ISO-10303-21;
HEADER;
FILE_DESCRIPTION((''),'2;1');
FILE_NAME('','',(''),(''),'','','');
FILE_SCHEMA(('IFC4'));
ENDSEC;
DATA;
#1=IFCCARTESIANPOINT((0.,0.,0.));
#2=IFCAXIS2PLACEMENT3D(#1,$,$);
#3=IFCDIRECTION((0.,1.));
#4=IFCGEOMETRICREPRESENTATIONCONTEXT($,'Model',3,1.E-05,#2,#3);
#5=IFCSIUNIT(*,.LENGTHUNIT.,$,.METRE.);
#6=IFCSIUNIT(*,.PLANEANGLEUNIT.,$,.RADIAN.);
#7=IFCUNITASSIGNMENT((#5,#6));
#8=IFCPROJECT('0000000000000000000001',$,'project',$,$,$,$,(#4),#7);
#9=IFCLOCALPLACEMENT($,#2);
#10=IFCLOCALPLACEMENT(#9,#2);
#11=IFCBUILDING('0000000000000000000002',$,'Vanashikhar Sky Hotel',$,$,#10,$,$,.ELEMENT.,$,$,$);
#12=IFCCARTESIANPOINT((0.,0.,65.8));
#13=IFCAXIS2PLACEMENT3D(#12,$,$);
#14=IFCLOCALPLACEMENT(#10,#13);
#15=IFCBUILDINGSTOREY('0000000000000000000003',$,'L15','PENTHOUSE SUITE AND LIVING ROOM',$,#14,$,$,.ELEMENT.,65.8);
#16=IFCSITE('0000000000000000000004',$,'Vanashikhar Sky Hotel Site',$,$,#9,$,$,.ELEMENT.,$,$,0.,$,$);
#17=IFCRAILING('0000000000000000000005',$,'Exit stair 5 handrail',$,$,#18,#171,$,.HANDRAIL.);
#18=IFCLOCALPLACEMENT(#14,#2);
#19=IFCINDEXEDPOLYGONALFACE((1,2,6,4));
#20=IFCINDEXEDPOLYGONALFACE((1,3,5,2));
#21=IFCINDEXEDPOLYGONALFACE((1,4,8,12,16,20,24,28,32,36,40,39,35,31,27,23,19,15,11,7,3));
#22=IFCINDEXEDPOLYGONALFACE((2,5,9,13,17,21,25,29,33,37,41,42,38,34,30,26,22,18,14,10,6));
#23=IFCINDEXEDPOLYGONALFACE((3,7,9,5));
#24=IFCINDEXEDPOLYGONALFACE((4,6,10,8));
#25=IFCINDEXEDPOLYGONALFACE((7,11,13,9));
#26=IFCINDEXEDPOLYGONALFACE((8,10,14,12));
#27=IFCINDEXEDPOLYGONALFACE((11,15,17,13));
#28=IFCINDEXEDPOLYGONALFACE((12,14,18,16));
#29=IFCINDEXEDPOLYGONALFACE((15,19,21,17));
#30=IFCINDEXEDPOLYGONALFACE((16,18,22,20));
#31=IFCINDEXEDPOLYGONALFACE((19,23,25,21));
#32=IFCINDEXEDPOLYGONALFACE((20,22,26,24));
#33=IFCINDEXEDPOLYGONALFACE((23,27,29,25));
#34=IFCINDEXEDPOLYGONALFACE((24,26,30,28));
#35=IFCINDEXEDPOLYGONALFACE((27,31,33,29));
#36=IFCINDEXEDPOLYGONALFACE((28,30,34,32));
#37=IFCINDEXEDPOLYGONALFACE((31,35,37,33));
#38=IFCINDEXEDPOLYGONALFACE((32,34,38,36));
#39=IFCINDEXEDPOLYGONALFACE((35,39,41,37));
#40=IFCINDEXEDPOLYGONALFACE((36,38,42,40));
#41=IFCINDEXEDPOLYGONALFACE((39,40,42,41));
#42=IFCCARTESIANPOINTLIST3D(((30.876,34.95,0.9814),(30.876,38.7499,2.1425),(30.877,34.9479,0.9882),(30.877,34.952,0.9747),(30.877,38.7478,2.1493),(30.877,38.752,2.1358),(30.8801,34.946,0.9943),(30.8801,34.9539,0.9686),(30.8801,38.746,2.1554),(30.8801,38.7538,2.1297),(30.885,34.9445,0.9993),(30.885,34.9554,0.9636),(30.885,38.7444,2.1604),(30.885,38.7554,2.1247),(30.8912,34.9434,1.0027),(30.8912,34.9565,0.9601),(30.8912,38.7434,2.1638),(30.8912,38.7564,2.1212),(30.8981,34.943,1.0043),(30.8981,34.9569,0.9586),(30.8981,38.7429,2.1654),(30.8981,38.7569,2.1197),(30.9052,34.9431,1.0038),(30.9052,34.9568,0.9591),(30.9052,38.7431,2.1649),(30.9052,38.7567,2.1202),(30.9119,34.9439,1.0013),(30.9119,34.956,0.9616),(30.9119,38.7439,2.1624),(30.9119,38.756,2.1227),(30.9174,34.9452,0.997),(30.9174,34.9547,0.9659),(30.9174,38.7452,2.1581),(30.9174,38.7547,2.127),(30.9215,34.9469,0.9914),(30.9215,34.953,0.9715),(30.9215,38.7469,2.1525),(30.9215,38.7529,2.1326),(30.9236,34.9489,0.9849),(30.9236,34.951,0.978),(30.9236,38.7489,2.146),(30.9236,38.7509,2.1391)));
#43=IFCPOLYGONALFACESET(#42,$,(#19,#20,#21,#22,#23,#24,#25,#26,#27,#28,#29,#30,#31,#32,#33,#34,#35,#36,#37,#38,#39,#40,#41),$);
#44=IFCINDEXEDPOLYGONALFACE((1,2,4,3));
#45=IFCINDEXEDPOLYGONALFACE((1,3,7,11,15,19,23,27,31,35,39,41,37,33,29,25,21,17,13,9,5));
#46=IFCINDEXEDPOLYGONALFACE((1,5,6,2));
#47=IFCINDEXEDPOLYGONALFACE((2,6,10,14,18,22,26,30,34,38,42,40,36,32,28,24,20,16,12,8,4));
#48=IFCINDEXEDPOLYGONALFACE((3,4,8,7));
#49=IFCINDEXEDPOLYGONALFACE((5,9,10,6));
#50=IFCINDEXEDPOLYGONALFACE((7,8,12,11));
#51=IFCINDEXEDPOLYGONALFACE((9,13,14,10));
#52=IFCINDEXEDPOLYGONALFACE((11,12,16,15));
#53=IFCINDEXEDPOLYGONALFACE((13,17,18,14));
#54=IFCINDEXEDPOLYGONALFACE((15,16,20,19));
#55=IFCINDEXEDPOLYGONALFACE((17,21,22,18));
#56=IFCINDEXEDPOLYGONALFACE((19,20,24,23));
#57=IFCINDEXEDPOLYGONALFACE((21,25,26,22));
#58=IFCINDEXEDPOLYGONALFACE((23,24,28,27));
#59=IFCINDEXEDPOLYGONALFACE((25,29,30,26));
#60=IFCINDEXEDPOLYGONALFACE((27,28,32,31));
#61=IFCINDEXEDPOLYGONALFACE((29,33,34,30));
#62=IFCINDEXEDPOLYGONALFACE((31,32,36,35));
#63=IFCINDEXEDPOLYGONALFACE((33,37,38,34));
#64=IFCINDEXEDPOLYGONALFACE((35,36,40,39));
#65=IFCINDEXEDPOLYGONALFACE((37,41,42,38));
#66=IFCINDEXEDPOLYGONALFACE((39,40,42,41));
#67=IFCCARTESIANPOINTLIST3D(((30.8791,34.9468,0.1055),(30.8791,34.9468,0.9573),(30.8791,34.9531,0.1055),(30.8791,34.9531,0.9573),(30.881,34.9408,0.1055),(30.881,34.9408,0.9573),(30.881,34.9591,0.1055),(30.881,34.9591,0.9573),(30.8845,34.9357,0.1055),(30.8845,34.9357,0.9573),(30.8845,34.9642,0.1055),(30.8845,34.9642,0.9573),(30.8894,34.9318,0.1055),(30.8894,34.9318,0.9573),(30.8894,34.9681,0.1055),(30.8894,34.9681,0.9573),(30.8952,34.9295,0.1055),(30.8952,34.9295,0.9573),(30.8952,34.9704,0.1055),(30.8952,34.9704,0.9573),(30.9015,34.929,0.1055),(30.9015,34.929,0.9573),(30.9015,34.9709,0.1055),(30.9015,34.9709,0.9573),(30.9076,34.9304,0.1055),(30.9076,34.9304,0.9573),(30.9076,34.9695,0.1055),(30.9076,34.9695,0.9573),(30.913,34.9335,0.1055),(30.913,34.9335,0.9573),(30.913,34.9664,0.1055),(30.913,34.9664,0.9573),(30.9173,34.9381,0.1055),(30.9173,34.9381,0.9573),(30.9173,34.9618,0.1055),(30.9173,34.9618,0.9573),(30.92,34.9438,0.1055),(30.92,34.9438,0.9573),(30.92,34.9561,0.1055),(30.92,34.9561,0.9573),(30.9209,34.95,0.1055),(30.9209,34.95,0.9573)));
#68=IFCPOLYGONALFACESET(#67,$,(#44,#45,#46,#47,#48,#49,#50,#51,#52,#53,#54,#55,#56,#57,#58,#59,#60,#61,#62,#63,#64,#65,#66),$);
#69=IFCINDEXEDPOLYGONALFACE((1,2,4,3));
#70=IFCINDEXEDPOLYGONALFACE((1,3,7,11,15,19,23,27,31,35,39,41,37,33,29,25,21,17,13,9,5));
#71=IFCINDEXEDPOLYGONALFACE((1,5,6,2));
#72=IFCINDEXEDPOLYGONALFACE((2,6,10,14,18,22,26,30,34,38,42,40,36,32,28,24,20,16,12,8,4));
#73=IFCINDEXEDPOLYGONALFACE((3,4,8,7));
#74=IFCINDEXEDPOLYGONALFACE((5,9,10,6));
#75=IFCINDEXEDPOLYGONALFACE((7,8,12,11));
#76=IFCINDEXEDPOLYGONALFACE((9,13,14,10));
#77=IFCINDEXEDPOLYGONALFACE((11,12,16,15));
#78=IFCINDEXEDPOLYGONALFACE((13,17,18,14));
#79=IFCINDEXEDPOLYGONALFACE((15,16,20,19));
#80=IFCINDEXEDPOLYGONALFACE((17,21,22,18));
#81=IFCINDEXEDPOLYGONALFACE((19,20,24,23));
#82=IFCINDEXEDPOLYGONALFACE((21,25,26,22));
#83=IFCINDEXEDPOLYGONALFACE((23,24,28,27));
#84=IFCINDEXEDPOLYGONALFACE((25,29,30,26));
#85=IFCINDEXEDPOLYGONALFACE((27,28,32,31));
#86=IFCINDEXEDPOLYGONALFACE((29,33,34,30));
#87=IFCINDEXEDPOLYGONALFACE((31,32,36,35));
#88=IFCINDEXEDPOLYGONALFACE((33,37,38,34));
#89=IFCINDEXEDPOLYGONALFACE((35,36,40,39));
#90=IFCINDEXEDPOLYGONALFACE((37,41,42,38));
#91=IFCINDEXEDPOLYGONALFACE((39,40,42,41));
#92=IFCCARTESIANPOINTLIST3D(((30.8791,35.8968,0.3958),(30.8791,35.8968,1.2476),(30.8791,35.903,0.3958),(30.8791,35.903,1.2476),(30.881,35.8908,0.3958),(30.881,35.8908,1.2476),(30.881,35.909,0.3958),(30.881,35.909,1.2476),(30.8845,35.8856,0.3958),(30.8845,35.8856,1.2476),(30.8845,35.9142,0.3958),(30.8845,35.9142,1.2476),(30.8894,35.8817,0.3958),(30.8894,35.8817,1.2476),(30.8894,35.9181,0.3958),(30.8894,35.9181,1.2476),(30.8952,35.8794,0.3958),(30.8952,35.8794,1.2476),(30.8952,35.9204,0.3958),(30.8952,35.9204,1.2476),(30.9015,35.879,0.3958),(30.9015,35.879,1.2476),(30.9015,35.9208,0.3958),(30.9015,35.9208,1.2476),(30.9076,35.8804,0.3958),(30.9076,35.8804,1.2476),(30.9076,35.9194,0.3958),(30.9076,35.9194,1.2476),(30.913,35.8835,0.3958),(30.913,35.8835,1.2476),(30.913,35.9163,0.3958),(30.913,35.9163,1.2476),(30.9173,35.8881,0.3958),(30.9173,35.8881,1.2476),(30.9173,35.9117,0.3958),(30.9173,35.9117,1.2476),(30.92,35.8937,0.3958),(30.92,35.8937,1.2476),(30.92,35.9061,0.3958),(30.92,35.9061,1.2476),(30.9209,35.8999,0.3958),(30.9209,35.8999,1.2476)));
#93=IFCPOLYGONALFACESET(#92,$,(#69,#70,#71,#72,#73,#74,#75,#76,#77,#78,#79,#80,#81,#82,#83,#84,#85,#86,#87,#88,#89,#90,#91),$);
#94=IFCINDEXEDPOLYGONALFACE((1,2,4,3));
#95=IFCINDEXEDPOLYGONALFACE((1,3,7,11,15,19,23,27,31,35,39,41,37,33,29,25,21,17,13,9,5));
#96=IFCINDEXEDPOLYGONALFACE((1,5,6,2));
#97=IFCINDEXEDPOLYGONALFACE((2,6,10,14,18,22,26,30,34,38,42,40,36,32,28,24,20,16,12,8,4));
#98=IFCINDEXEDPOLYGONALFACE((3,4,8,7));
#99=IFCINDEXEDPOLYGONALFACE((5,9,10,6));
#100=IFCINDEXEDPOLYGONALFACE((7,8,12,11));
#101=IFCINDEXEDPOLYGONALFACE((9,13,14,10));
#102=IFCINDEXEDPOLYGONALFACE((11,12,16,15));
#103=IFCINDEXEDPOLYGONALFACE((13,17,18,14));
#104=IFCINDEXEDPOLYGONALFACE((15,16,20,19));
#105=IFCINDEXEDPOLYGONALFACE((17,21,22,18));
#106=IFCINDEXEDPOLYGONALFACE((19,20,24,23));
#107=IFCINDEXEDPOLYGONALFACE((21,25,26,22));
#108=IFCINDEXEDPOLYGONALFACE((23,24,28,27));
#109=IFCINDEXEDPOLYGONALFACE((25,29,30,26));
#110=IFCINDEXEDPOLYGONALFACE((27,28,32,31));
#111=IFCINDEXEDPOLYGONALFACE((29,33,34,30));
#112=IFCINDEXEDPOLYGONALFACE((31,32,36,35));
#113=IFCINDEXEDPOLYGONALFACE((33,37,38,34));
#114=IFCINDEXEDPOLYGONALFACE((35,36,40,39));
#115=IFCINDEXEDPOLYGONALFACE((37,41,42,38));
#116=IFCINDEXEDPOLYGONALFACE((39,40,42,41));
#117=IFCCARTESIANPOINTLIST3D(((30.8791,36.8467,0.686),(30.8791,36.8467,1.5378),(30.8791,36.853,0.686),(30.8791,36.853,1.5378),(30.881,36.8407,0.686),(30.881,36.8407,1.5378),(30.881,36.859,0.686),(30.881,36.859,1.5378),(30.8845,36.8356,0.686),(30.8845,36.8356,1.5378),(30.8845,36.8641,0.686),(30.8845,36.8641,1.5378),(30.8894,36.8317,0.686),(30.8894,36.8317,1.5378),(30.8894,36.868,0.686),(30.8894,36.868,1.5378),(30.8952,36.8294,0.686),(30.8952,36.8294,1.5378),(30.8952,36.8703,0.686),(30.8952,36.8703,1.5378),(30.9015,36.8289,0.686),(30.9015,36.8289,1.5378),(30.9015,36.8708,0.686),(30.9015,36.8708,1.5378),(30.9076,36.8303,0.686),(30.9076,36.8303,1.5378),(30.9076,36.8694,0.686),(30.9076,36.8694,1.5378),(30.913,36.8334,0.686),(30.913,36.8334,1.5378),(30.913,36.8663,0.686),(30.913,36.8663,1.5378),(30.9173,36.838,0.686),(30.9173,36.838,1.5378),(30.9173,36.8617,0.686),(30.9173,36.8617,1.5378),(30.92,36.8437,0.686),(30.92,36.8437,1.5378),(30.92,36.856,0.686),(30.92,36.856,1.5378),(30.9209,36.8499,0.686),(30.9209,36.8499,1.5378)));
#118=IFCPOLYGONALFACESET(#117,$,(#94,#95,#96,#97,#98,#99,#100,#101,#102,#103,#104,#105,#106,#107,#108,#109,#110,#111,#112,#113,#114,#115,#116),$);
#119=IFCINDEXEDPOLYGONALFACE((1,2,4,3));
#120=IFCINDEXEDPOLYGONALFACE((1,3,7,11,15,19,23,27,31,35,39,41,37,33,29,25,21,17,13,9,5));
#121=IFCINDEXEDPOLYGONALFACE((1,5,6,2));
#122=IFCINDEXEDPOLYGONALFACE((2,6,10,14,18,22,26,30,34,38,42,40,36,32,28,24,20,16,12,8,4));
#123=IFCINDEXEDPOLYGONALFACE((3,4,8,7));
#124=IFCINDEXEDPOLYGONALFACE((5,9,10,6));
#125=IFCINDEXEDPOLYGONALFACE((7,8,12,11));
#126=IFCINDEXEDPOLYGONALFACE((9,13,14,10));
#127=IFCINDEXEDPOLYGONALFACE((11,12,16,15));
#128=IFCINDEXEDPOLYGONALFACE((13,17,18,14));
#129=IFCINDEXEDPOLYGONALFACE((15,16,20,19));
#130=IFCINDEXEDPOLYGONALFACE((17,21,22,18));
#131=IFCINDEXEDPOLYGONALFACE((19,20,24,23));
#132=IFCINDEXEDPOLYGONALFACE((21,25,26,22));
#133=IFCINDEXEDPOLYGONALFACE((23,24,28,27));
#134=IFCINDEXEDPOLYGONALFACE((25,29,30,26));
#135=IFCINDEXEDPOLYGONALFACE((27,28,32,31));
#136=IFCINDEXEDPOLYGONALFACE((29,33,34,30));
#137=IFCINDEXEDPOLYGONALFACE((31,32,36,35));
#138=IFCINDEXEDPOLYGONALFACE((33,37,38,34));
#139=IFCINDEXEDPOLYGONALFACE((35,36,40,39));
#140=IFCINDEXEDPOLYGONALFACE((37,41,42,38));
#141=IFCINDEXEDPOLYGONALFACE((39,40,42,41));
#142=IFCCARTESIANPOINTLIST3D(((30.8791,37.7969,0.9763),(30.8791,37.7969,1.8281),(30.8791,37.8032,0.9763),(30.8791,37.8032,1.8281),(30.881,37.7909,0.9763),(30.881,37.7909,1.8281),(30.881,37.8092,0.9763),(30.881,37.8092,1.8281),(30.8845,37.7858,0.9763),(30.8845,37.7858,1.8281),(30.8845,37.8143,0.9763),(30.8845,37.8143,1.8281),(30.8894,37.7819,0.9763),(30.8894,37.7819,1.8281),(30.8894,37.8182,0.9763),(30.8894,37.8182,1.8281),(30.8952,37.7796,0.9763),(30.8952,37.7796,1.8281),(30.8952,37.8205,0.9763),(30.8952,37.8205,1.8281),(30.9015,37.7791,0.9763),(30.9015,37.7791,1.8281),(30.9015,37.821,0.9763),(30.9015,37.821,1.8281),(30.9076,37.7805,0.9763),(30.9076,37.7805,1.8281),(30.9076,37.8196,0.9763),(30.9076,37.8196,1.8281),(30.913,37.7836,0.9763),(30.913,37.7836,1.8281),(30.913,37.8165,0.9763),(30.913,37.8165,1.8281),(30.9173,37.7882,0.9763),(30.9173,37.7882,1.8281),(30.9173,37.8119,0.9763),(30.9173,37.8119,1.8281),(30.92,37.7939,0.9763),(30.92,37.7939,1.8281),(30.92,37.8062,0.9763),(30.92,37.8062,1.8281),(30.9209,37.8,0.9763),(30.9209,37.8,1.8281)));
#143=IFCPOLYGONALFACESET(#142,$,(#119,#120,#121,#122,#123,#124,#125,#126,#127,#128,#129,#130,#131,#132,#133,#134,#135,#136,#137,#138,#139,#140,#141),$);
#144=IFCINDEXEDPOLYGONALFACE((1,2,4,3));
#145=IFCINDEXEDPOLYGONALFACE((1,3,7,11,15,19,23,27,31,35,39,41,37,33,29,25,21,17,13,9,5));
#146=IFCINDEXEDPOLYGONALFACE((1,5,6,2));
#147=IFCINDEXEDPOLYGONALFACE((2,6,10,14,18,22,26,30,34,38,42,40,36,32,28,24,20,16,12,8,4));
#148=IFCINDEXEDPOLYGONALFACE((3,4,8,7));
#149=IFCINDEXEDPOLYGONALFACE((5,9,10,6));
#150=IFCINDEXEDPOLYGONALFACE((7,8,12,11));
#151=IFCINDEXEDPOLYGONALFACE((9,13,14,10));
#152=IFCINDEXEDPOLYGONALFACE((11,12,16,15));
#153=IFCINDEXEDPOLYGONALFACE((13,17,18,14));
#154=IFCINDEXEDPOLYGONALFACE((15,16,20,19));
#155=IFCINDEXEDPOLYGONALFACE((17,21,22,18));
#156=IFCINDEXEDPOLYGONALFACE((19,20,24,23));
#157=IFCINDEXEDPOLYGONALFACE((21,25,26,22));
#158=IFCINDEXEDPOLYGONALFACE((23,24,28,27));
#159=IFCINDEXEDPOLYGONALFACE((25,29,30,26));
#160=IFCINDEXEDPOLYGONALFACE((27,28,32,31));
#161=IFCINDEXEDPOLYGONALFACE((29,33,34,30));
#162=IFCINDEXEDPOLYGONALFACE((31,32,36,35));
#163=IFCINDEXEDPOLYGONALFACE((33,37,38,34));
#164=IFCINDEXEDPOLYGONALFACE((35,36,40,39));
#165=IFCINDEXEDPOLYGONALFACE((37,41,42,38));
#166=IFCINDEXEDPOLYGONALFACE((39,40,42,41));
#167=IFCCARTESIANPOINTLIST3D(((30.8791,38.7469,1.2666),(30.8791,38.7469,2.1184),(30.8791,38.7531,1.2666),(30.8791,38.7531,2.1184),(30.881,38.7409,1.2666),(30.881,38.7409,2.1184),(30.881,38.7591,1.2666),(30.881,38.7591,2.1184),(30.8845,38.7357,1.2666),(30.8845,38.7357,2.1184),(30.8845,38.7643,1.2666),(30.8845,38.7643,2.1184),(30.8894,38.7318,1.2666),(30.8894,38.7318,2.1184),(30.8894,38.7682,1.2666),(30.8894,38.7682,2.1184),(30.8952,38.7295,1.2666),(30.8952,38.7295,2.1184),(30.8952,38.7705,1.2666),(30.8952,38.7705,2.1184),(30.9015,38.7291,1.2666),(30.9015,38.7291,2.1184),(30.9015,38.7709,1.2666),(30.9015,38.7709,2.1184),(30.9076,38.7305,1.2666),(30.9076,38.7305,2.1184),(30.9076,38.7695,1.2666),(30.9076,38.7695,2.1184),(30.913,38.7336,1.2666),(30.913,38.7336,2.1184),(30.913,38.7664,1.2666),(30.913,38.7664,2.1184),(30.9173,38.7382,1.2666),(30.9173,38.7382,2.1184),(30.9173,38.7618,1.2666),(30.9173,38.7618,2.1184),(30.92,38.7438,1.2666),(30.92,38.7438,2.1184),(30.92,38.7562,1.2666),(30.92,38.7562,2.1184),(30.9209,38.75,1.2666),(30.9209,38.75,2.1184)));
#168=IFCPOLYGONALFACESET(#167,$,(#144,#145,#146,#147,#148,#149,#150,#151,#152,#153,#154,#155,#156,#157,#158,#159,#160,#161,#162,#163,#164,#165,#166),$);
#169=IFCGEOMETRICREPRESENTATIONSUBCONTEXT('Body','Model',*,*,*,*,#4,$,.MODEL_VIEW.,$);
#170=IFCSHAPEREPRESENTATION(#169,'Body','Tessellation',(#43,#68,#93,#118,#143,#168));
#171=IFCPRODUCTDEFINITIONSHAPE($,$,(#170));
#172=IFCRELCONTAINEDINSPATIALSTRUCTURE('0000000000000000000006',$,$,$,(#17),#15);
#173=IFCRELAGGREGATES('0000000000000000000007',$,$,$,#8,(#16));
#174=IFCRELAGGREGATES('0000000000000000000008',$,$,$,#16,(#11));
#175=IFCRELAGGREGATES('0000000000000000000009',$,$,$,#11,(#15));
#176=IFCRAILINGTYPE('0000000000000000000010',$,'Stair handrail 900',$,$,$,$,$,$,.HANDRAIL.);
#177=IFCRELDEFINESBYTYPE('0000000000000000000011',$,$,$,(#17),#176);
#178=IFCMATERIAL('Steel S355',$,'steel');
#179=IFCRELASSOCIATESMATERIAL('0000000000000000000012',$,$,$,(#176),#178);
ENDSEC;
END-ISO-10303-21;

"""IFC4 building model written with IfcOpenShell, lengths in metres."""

from ifc_helpers import new_model, si_unit, direction, frame, origin, origin_2d, place, context, subcontext, project, spatial, circle, extrude, source, transform, mapped, material, type_object, element, save


model = new_model("IFC4")

# Units and contexts
model_context = context("Model", 3, precision=1e-05, world=origin(), true_north=direction((0.0, 1.0)))
body_context = subcontext(model_context, "Body", "Model", "MODEL_VIEW")
ifc_project = project(units=[si_unit("LENGTHUNIT", "METRE"), si_unit("PLANEANGLEUNIT", "RADIAN")], contexts=[model_context])

# Site, building, storey
site_placement = place(None, origin())
site = spatial("IfcSite", under=ifc_project, at=site_placement, Name="Vanashikhar Sky Hotel Site", CompositionType="ELEMENT", RefElevation=0.0)
building_placement = place(site_placement, origin())
building = spatial("IfcBuilding", under=site, at=building_placement, Name="Vanashikhar Sky Hotel", CompositionType="ELEMENT")
storey_placement = place(building_placement, frame((0.0, 0.0, 65.8)))
storey = spatial("IfcBuildingStorey", under=building, at=storey_placement, Name="L15", Description="PENTHOUSE SUITE AND LIVING ROOM", CompositionType="ELEMENT", Elevation=65.8)

# Railing
ifc_material_1 = material(Name="Steel S355", Category="steel")
railing_type = type_object("IfcRailingType", Name="Stair handrail 900", PredefinedType="HANDRAIL", material=ifc_material_1)
shared_shape_1 = source(origin(), body_context, "Body", "SweptSolid", [
    extrude(circle(Radius=0.0239, at=origin_2d()), frame((0.0, 0.0, 0.876), z_axis=(0.0, 0.956351, 0.29222), x_axis=(-1.0, 0.0, 0.0)), (0.0, 0.0, 1.0), 3.9734),
    extrude(circle(Radius=0.021, at=origin_2d()), origin(), (0.0, 0.0, 1.0), 0.8518),
    extrude(circle(Radius=0.021, at=origin_2d()), frame((0.0, 0.95, 0.2903)), (0.0, 0.0, 1.0), 0.8518),
    extrude(circle(Radius=0.021, at=origin_2d()), frame((0.0, 1.8999, 0.5806)), (0.0, 0.0, 1.0), 0.8518),
    extrude(circle(Radius=0.021, at=origin_2d()), frame((0.0, 2.8501, 0.8708)), (0.0, 0.0, 1.0), 0.8518),
    extrude(circle(Radius=0.021, at=origin_2d()), frame((0.0, 3.8, 1.1611)), (0.0, 0.0, 1.0), 0.8518),
])
for number, where, name in (
    (1, (30.8999, 34.95, 0.1055), "Exit stair 5 handrail"),
):
    element("IfcRailing", number, at=place(storey_placement, frame(where)), inside=storey, type_object=railing_type, Name=name, PredefinedType="HANDRAIL", context=body_context, shape_type="MappedRepresentation", body=[
        mapped(shared_shape_1, transform((0.0, 0.0, 0.0), scale=1.0)),
    ])

save(model, "model.ifc")
